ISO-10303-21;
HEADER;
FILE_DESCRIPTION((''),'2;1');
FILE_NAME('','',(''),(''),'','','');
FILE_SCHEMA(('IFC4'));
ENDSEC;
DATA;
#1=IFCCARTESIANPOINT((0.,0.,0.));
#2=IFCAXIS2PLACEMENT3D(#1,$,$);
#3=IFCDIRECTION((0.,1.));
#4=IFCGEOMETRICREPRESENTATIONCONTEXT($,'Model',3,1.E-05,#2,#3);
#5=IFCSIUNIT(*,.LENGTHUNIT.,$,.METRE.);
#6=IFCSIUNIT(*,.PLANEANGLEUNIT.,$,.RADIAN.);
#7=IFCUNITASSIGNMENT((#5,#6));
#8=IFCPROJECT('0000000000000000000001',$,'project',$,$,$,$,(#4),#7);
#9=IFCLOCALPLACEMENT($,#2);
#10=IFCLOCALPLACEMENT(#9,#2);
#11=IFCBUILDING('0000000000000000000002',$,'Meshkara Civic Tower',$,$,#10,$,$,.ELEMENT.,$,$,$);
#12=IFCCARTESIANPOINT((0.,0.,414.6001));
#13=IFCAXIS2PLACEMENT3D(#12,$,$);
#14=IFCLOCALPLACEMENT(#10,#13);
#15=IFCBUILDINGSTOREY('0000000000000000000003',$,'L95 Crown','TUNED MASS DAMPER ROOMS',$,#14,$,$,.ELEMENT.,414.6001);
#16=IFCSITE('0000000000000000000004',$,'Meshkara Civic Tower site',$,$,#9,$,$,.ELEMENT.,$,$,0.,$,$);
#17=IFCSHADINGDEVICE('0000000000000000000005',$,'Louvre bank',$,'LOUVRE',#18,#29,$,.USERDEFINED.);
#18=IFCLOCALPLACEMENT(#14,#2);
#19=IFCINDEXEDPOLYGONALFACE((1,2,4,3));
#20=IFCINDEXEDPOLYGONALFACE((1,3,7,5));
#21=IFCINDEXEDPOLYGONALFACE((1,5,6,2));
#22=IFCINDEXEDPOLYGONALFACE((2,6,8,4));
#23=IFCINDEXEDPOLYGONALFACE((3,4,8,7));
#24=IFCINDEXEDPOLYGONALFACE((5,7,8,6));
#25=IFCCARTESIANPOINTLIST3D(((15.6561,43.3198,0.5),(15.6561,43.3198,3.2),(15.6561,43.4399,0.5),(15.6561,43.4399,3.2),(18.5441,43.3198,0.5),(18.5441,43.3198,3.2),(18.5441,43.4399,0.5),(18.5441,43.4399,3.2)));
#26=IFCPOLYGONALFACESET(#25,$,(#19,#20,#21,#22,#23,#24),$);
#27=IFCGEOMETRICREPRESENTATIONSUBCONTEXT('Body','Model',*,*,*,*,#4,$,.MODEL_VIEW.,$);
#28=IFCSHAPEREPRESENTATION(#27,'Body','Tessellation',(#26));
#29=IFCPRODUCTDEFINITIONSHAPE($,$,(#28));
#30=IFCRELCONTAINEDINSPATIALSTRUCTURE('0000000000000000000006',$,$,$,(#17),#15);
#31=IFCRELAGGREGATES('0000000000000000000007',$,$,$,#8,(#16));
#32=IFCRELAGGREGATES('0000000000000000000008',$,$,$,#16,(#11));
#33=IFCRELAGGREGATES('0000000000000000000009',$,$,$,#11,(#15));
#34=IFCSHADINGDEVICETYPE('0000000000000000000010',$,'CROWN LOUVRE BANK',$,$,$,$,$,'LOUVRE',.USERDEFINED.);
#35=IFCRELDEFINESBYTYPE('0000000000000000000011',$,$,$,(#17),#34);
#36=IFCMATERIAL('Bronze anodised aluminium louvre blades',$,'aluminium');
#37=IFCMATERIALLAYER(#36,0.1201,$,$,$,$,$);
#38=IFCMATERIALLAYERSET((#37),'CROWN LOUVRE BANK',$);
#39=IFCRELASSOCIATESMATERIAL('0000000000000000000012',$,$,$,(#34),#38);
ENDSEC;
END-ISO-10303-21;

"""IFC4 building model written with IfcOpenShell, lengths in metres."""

from ifc_helpers import new_model, si_unit, direction, frame, origin, origin_2d, place, context, subcontext, project, spatial, rectangle, extrude, material, layer, layer_set, type_object, element, save


model = new_model("IFC4")

# Units and contexts
model_context = context("Model", 3, precision=1e-05, world=origin(), true_north=direction((0.0, 1.0)))
body_context = subcontext(model_context, "Body", "Model", "MODEL_VIEW")
ifc_project = project(units=[si_unit("LENGTHUNIT", "METRE"), si_unit("PLANEANGLEUNIT", "RADIAN")], contexts=[model_context])

# Site, building, storey
site_placement = place(None, origin())
site = spatial("IfcSite", under=ifc_project, at=site_placement, Name="Meshkara Civic Tower site", CompositionType="ELEMENT", RefElevation=0.0)
building_placement = place(site_placement, origin())
building = spatial("IfcBuilding", under=site, at=building_placement, Name="Meshkara Civic Tower", CompositionType="ELEMENT")
storey_placement = place(building_placement, frame((0.0, 0.0, 414.6001)))
storey = spatial("IfcBuildingStorey", under=building, at=storey_placement, Name="L95 Crown", Description="TUNED MASS DAMPER ROOMS", CompositionType="ELEMENT", Elevation=414.6001)

# Shading device
ifc_material_1 = material(Name="Bronze anodised aluminium louvre blades", Category="aluminium")
ifc_layer_1 = layer(ifc_material_1, 0.1201)
ifc_layer_set_1 = layer_set([ifc_layer_1], Name="CROWN LOUVRE BANK")
shading_device_type = type_object("IfcShadingDeviceType", Name="CROWN LOUVRE BANK", ElementType="LOUVRE", PredefinedType="USERDEFINED", material=ifc_layer_set_1)
shading_device_1_placement = place(storey_placement, frame((17.1001, 43.3799, 0.5), z_axis=(0.0, 0.0, 1.0), x_axis=(-1.0, 0.0, 0.0)))
element("IfcShadingDevice", 1, at=shading_device_1_placement, inside=storey, type_object=shading_device_type, Name="Louvre bank", ObjectType="LOUVRE", PredefinedType="USERDEFINED", context=body_context, shape_type="SweptSolid", body=[
    extrude(rectangle(XDim=2.8879, YDim=0.1201, at=origin_2d()), origin(), (0.0, 0.0, 1.0), 2.7),
])

save(model, "model.ifc")
